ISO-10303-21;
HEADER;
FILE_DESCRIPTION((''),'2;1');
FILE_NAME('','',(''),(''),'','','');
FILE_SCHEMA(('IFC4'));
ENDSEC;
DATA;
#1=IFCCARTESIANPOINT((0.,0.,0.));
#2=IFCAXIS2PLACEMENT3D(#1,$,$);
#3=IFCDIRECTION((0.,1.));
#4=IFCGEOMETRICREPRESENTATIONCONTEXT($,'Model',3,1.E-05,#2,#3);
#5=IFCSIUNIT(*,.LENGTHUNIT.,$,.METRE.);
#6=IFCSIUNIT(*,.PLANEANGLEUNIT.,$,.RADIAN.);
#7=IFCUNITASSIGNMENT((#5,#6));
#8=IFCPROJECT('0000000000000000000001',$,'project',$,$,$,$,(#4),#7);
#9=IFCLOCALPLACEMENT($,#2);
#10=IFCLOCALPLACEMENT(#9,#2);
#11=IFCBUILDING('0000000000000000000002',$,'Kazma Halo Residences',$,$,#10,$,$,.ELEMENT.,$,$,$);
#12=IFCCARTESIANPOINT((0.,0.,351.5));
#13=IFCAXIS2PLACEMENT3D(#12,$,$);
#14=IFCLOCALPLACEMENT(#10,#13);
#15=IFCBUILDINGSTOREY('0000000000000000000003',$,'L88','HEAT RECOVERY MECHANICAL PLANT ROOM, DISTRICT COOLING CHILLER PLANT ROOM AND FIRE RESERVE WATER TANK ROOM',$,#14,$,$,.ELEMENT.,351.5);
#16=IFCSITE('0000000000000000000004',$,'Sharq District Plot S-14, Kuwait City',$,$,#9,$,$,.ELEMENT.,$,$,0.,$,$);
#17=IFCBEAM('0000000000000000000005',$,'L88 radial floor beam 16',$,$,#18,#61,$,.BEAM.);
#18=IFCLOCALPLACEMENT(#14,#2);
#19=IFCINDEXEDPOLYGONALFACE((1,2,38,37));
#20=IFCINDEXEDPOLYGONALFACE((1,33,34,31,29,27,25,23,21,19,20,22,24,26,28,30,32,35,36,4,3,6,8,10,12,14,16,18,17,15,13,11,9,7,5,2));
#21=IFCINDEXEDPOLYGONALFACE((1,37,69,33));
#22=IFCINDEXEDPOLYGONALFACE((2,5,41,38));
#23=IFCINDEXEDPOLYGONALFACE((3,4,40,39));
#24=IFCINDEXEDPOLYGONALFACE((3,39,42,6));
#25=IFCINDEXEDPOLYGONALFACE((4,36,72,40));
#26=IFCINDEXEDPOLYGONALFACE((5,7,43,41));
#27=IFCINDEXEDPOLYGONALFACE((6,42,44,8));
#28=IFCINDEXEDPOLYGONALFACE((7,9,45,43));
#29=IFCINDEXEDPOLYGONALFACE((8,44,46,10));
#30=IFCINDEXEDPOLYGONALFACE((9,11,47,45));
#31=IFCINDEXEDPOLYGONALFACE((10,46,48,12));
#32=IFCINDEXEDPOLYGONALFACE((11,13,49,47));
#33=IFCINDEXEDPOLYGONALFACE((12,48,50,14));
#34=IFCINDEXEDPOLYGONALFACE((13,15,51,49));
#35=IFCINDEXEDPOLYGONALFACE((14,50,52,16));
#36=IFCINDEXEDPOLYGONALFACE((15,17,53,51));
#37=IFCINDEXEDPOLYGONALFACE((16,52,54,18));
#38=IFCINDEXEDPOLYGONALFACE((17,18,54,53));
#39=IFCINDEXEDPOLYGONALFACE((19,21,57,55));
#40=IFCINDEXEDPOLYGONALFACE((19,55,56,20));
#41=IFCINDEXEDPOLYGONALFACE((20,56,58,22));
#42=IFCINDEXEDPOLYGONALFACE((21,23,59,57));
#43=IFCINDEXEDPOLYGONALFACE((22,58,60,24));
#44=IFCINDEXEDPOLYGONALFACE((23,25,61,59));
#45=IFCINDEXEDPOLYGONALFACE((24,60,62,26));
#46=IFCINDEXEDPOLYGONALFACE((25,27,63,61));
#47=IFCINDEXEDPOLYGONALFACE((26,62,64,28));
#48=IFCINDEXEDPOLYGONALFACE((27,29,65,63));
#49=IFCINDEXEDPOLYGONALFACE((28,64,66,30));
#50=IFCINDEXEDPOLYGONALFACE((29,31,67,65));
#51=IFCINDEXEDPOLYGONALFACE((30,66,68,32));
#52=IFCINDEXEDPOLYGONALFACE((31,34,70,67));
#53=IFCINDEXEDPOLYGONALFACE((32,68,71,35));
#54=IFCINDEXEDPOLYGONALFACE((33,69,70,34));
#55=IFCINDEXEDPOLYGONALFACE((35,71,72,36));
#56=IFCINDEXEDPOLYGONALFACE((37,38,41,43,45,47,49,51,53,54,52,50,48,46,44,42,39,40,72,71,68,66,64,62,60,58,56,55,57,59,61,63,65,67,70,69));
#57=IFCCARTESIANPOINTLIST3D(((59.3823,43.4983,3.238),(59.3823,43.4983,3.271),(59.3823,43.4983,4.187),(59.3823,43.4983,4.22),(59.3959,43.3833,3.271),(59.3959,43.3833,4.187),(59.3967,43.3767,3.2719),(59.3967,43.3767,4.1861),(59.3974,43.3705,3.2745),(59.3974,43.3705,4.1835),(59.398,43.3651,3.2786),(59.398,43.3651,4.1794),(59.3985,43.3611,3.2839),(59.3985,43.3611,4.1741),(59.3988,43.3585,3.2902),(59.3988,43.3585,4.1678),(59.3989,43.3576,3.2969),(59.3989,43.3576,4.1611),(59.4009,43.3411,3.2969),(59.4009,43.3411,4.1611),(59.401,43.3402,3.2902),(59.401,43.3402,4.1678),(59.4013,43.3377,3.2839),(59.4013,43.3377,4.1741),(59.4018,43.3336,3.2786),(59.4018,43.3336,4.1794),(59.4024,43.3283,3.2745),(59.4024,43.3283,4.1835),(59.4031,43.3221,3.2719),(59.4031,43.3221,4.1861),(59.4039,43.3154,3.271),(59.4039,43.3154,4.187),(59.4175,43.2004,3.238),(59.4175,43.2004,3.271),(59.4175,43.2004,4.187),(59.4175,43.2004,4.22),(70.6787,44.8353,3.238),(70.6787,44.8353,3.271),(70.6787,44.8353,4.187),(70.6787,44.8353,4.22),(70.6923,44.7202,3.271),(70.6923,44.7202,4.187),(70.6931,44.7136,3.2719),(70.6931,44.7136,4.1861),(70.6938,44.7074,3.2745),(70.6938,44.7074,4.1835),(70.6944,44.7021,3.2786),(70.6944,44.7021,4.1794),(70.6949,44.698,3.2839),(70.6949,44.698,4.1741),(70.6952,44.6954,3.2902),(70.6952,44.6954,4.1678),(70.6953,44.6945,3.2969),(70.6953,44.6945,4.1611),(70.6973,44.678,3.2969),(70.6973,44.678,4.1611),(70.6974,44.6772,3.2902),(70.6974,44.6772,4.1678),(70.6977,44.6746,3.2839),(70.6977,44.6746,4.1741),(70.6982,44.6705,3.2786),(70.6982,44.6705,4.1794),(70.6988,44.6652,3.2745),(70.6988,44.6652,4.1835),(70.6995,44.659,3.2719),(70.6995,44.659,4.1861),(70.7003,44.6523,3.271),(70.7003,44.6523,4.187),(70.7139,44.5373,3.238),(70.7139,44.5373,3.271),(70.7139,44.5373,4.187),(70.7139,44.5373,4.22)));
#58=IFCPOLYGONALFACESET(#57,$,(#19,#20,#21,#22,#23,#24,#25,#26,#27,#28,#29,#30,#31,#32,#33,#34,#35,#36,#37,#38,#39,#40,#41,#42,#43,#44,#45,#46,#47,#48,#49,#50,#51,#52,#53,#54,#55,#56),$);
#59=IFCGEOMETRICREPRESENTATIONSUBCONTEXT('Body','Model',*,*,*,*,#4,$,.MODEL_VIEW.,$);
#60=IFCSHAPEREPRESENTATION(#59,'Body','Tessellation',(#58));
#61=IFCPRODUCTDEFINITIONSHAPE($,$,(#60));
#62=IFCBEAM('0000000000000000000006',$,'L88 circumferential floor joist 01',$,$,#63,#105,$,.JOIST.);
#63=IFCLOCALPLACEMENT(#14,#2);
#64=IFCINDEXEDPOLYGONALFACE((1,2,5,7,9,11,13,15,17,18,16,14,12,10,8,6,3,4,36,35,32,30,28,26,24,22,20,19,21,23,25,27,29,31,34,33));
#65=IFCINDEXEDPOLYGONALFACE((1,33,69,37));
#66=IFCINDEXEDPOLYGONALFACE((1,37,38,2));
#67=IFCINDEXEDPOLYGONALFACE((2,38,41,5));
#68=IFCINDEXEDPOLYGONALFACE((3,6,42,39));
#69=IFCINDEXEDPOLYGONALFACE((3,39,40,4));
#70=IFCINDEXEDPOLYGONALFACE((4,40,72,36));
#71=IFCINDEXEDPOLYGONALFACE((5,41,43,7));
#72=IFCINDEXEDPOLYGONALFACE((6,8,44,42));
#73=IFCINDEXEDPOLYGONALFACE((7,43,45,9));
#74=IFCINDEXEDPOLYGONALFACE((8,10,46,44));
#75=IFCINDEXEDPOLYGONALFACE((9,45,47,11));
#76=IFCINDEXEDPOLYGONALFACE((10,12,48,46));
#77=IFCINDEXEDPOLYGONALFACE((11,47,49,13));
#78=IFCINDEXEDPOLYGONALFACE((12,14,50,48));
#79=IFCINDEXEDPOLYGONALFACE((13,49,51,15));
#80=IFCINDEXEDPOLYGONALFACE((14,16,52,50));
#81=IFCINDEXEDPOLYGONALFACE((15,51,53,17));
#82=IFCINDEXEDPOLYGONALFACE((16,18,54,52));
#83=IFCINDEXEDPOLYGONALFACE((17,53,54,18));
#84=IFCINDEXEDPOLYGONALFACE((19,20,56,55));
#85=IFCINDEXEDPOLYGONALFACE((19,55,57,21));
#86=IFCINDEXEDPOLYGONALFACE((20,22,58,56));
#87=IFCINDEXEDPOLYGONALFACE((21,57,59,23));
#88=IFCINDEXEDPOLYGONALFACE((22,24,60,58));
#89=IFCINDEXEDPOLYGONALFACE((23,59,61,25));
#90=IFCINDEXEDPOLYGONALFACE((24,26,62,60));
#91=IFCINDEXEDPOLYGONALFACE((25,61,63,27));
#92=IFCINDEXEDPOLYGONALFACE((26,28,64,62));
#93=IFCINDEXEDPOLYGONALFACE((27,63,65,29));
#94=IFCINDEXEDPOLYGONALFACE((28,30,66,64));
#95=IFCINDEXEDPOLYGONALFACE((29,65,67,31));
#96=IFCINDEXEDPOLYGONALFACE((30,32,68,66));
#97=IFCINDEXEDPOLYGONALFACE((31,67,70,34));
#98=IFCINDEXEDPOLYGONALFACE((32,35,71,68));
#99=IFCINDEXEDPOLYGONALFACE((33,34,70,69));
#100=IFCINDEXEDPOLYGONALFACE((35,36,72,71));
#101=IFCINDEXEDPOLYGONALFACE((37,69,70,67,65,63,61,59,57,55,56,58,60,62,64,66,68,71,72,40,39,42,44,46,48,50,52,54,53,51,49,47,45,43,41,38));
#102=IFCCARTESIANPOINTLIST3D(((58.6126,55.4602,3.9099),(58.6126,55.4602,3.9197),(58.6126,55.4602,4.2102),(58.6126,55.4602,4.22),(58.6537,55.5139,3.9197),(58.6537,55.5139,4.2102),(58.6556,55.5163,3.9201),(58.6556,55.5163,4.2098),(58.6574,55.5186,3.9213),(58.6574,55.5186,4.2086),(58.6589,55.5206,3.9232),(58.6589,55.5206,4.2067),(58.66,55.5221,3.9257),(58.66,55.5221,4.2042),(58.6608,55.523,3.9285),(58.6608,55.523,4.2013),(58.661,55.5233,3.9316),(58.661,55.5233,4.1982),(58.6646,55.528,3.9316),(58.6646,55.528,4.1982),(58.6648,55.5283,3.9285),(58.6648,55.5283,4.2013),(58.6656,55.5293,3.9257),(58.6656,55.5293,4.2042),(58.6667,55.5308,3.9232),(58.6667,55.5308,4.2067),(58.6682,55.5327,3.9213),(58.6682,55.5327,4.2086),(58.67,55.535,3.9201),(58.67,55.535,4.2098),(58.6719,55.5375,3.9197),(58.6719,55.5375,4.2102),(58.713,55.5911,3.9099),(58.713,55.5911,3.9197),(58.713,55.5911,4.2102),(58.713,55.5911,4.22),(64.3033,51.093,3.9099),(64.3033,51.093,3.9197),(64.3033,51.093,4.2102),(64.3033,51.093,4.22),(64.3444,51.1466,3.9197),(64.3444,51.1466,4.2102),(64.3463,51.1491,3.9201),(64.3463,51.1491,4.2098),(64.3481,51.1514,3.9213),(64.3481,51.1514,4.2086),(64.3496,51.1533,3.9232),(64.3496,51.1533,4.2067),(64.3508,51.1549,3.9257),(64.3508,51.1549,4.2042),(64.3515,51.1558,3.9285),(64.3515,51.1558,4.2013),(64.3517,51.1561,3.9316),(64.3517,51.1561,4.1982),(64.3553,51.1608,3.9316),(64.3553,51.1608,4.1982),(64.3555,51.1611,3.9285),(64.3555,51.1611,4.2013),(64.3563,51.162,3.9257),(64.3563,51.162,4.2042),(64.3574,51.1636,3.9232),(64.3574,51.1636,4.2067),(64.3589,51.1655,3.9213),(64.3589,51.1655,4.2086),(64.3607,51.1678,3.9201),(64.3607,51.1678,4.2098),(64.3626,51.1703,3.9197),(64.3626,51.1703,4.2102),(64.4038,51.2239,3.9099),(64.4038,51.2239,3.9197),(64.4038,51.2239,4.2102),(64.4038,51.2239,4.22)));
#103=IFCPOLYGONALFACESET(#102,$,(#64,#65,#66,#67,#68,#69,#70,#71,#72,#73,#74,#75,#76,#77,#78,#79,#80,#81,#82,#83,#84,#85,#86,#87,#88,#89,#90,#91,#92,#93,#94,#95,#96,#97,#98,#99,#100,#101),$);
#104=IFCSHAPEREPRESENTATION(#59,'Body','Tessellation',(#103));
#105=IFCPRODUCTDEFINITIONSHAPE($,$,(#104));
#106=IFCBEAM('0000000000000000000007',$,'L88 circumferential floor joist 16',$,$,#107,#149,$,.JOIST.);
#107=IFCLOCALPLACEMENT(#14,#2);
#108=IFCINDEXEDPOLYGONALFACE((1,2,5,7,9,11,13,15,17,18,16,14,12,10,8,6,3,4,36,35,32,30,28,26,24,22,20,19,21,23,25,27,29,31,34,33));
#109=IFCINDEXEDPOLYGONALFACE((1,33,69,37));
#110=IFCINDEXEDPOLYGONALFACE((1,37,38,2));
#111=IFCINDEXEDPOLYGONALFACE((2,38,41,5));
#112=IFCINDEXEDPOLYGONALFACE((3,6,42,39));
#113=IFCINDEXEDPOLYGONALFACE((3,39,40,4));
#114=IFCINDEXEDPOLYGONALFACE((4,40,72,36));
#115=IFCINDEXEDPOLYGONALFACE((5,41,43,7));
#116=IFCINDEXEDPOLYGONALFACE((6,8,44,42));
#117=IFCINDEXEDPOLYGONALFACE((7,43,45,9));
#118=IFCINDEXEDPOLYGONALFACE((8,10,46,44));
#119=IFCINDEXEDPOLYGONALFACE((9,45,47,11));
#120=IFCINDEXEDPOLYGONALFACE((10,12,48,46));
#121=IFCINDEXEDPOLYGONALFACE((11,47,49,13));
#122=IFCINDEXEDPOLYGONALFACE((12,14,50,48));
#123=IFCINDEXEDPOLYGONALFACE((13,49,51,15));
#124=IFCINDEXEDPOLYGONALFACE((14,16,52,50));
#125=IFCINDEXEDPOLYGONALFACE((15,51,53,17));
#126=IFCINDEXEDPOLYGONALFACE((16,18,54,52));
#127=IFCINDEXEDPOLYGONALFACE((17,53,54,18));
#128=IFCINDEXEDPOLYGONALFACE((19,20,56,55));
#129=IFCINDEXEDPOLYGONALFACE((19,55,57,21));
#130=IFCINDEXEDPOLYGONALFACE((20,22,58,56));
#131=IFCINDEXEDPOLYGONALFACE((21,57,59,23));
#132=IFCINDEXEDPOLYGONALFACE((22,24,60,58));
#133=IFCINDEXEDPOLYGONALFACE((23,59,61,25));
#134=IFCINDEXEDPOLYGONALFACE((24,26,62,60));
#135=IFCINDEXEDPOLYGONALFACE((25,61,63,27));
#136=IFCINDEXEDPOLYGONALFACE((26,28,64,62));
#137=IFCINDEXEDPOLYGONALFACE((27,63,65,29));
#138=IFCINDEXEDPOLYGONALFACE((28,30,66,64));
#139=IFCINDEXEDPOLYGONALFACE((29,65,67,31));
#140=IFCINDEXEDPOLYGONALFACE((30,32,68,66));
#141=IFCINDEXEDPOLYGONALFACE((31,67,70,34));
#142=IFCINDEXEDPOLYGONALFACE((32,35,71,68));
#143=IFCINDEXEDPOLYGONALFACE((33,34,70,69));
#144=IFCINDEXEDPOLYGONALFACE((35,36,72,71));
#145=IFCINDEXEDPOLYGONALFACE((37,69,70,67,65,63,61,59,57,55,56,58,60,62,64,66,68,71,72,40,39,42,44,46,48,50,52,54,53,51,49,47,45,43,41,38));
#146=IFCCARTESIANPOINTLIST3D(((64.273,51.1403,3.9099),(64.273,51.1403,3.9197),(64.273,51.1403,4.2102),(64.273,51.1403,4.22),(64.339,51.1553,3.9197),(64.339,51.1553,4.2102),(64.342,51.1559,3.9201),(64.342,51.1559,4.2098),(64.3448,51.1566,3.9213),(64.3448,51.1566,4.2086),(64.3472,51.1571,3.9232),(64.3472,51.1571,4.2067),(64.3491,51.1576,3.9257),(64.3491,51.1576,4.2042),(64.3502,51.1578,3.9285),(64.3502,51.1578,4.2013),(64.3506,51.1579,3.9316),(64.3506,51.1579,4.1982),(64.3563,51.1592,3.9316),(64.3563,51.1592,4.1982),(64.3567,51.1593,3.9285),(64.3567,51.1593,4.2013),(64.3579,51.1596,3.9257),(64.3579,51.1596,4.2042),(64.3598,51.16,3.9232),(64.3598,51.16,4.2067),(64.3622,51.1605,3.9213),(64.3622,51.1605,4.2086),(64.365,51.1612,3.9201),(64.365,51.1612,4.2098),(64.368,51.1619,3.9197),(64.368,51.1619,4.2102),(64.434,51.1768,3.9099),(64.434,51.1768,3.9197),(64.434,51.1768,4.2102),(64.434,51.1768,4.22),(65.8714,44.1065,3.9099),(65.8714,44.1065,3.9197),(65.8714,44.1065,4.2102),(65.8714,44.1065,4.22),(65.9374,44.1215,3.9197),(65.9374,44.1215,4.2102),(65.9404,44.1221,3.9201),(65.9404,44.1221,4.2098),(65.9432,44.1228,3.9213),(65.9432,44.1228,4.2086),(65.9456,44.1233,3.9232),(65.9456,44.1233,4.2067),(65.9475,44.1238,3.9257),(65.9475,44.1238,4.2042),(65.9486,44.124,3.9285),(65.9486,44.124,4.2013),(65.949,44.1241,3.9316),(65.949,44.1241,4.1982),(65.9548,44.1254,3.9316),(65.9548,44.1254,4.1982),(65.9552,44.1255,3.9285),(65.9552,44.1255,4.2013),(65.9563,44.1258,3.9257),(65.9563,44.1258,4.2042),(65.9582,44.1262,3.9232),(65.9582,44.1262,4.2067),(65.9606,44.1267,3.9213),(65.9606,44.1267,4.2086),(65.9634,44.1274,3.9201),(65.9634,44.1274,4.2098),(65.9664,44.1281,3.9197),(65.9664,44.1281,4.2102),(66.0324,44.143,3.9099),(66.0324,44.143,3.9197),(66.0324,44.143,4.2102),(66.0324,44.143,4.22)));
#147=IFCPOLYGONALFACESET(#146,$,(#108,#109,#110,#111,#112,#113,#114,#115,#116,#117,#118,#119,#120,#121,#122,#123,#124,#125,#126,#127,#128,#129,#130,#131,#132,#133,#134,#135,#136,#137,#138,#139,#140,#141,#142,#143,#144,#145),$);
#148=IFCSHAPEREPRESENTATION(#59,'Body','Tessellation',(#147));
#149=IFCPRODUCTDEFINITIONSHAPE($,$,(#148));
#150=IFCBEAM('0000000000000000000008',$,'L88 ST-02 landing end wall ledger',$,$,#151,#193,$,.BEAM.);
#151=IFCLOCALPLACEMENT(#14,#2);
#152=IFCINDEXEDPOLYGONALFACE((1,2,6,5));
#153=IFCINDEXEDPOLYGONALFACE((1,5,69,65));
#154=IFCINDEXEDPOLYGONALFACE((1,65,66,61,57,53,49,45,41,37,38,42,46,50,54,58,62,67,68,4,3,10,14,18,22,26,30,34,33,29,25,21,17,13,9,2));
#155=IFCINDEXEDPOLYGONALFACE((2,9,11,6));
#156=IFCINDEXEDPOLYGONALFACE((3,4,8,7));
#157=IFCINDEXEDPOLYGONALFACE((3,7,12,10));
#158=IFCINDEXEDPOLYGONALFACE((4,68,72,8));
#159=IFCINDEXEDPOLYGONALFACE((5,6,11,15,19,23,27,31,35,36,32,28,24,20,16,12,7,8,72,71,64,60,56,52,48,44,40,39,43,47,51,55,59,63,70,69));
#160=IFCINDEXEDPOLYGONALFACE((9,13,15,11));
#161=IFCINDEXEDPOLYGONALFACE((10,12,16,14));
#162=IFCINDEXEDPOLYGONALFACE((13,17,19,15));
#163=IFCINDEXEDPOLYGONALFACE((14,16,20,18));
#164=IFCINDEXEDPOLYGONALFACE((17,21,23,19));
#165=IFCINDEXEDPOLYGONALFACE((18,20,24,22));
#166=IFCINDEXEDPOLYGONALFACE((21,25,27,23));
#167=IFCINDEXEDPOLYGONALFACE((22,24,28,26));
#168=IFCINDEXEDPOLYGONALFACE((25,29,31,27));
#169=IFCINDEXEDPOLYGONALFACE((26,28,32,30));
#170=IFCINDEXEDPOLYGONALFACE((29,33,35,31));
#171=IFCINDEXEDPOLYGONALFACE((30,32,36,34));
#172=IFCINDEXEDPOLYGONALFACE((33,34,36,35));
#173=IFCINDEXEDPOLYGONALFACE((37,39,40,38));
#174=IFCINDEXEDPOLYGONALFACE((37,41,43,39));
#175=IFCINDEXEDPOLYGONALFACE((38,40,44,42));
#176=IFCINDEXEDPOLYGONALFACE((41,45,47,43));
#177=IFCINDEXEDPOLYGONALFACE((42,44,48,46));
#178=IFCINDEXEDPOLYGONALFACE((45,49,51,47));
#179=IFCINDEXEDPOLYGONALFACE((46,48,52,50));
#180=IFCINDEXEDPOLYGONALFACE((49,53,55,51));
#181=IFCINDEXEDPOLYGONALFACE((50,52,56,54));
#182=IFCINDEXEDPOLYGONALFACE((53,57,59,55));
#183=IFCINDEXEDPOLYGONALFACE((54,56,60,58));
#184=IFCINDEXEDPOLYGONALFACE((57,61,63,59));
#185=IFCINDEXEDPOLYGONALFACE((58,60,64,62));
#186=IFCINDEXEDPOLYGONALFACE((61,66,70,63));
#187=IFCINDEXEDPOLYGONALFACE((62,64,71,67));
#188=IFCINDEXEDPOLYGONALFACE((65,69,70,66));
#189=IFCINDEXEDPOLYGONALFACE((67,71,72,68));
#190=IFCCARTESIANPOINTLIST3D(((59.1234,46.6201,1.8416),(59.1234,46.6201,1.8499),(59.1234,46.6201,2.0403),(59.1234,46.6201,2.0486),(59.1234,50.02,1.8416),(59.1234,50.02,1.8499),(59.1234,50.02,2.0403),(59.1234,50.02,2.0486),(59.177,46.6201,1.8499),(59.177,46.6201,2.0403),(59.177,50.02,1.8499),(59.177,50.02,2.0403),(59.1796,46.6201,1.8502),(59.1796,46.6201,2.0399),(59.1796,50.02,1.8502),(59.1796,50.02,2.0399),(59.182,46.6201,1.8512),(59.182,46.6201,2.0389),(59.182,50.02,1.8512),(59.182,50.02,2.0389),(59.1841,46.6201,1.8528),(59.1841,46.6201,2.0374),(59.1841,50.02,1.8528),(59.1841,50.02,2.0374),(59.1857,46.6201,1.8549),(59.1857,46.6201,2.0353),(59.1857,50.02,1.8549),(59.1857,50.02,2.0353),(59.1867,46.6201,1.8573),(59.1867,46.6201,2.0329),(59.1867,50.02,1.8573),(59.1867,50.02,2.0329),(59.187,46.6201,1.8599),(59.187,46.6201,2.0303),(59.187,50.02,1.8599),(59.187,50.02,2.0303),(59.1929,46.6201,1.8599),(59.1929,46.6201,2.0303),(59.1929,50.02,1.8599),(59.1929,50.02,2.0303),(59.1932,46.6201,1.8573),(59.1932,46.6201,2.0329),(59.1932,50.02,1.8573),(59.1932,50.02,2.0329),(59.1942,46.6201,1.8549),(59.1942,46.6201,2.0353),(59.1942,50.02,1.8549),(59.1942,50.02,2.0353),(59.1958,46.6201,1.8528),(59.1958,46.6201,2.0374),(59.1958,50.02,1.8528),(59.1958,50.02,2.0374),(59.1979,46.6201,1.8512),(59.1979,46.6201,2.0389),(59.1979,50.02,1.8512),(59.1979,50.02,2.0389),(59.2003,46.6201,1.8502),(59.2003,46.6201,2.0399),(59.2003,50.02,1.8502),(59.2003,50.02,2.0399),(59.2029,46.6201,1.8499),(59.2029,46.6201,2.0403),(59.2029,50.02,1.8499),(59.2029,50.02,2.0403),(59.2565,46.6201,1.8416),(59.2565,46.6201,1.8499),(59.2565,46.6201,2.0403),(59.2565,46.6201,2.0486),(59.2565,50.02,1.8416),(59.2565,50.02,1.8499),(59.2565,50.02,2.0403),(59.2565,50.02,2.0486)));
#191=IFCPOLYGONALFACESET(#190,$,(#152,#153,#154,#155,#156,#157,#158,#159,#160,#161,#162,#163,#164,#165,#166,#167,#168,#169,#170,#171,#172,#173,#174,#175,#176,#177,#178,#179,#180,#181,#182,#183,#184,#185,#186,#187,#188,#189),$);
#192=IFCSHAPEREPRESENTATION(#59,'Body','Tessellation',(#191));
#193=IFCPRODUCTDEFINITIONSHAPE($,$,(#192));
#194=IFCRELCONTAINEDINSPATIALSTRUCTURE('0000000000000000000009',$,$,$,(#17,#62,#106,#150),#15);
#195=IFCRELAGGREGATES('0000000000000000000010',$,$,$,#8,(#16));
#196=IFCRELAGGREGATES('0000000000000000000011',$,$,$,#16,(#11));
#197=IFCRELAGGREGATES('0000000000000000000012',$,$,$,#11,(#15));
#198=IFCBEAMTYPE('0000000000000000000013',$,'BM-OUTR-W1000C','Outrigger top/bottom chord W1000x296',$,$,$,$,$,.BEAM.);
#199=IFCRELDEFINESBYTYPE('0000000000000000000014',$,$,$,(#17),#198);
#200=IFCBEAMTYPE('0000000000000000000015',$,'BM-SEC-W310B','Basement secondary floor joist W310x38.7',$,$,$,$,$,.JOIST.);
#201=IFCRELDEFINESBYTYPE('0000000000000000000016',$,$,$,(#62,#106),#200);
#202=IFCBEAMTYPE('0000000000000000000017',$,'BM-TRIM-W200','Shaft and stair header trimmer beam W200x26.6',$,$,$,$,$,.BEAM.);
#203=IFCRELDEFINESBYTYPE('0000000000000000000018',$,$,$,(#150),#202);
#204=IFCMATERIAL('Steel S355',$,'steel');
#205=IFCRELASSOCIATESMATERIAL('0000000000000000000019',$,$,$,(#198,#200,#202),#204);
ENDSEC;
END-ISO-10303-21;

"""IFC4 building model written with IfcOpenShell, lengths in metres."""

from ifc_helpers import new_model, si_unit, direction, frame, origin, origin_2d, place, context, subcontext, project, spatial, i_section, extrude, material, material_profile, profile_set, type_object, element, save


model = new_model("IFC4")

# Units and contexts
model_context = context("Model", 3, precision=1e-05, world=origin(), true_north=direction((0.0, 1.0)))
body_context = subcontext(model_context, "Body", "Model", "MODEL_VIEW")
ifc_project = project(units=[si_unit("LENGTHUNIT", "METRE"), si_unit("PLANEANGLEUNIT", "RADIAN")], contexts=[model_context])

# Site, building, storey
site_placement = place(None, origin())
site = spatial("IfcSite", under=ifc_project, at=site_placement, Name="Sharq District Plot S-14, Kuwait City", CompositionType="ELEMENT", RefElevation=0.0)
building_placement = place(site_placement, origin())
building = spatial("IfcBuilding", under=site, at=building_placement, Name="Kazma Halo Residences", CompositionType="ELEMENT")
storey_placement = place(building_placement, frame((0.0, 0.0, 351.5)))
storey = spatial("IfcBuildingStorey", under=building, at=storey_placement, Name="L88", Description="HEAT RECOVERY MECHANICAL PLANT ROOM, DISTRICT COOLING CHILLER PLANT ROOM AND FIRE RESERVE WATER TANK ROOM", CompositionType="ELEMENT", Elevation=351.5)

# Shared definitions
ifc_material_1 = material(Name="Steel S355", Category="steel")

# Beams
ifc_material_profile_1 = material_profile(ifc_material_1, i_section(OverallWidth=0.3, OverallDepth=0.9819, WebThickness=0.0166, FlangeThickness=0.033, FilletRadius=0.0259, at=origin_2d()), Name="W1000x296")
ifc_profile_set_1 = profile_set([ifc_material_profile_1], Name="Steel S355")
beam_type_1 = type_object("IfcBeamType", Name="BM-OUTR-W1000C", Description="Outrigger top/bottom chord W1000x296", PredefinedType="BEAM", material=ifc_profile_set_1)
beam_1_placement = place(storey_placement, frame((59.3999, 43.3494, 3.729), z_axis=(0.993069, 0.117529, 0.0), x_axis=(-0.117529, 0.993069, 0.0)))
element("IfcBeam", 1, at=beam_1_placement, inside=storey, type_object=beam_type_1, Name="L88 radial floor beam 16", PredefinedType="BEAM", context=body_context, shape_type="SweptSolid", body=[
    extrude(i_section(OverallWidth=0.3, OverallDepth=0.9819, WebThickness=0.0166, FlangeThickness=0.033, FilletRadius=0.0259, at=origin_2d()), origin(), (0.0, 0.0, 1.0), 11.3752),
])
ifc_material_profile_2 = material_profile(ifc_material_1, i_section(OverallWidth=0.165, OverallDepth=0.3101, WebThickness=0.0059, FlangeThickness=0.0098, FilletRadius=0.012, at=origin_2d()), Name="W310x38.7")
ifc_profile_set_2 = profile_set([ifc_material_profile_2], Name="Steel S355")
beam_type_2 = type_object("IfcBeamType", Name="BM-SEC-W310B", Description="Basement secondary floor joist W310x38.7", PredefinedType="JOIST", material=ifc_profile_set_2)
beam_2_placement = place(storey_placement, frame((64.3535, 51.1584, 4.0649), z_axis=(-0.793314, 0.608812, 0.0), x_axis=(-0.608812, -0.793314, 0.0)))
element("IfcBeam", 2, at=beam_2_placement, inside=storey, type_object=beam_type_2, Name="L88 circumferential floor joist 01", PredefinedType="JOIST", context=body_context, shape_type="SweptSolid", body=[
    extrude(i_section(OverallWidth=0.165, OverallDepth=0.3101, WebThickness=0.0059, FlangeThickness=0.0098, FilletRadius=0.012, at=origin_2d()), origin(), (0.0, 0.0, 1.0), 7.1733),
])
beam_3_placement = place(storey_placement, frame((65.9519, 44.1248, 4.0649), z_axis=(-0.221598, 0.975138, 0.0), x_axis=(-0.975138, -0.221598, 0.0)))
element("IfcBeam", 3, at=beam_3_placement, inside=storey, type_object=beam_type_2, Name="L88 circumferential floor joist 16", PredefinedType="JOIST", context=body_context, shape_type="SweptSolid", body=[
    extrude(i_section(OverallWidth=0.165, OverallDepth=0.3101, WebThickness=0.0059, FlangeThickness=0.0098, FilletRadius=0.012, at=origin_2d()), origin(), (0.0, 0.0, 1.0), 7.2131),
])
ifc_material_profile_3 = material_profile(ifc_material_1, i_section(OverallWidth=0.1331, OverallDepth=0.207, WebThickness=0.0059, FlangeThickness=0.0083, FilletRadius=0.01, at=origin_2d()), Name="W200x26.6")
ifc_profile_set_3 = profile_set([ifc_material_profile_3], Name="Steel S355")
beam_type_3 = type_object("IfcBeamType", Name="BM-TRIM-W200", Description="Shaft and stair header trimmer beam W200x26.6", PredefinedType="BEAM", material=ifc_profile_set_3)
beam_4_placement = place(storey_placement, frame((59.1899, 46.6201, 1.9451), z_axis=(0.0, 1.0, 0.0), x_axis=(-1.0, 0.0, 0.0)))
element("IfcBeam", 4, at=beam_4_placement, inside=storey, type_object=beam_type_3, Name="L88 ST-02 landing end wall ledger", PredefinedType="BEAM", context=body_context, shape_type="SweptSolid", body=[
    extrude(i_section(OverallWidth=0.1331, OverallDepth=0.207, WebThickness=0.0059, FlangeThickness=0.0083, FilletRadius=0.01, at=origin_2d()), origin(), (0.0, 0.0, 1.0), 3.3999),
])

save(model, "model.ifc")
